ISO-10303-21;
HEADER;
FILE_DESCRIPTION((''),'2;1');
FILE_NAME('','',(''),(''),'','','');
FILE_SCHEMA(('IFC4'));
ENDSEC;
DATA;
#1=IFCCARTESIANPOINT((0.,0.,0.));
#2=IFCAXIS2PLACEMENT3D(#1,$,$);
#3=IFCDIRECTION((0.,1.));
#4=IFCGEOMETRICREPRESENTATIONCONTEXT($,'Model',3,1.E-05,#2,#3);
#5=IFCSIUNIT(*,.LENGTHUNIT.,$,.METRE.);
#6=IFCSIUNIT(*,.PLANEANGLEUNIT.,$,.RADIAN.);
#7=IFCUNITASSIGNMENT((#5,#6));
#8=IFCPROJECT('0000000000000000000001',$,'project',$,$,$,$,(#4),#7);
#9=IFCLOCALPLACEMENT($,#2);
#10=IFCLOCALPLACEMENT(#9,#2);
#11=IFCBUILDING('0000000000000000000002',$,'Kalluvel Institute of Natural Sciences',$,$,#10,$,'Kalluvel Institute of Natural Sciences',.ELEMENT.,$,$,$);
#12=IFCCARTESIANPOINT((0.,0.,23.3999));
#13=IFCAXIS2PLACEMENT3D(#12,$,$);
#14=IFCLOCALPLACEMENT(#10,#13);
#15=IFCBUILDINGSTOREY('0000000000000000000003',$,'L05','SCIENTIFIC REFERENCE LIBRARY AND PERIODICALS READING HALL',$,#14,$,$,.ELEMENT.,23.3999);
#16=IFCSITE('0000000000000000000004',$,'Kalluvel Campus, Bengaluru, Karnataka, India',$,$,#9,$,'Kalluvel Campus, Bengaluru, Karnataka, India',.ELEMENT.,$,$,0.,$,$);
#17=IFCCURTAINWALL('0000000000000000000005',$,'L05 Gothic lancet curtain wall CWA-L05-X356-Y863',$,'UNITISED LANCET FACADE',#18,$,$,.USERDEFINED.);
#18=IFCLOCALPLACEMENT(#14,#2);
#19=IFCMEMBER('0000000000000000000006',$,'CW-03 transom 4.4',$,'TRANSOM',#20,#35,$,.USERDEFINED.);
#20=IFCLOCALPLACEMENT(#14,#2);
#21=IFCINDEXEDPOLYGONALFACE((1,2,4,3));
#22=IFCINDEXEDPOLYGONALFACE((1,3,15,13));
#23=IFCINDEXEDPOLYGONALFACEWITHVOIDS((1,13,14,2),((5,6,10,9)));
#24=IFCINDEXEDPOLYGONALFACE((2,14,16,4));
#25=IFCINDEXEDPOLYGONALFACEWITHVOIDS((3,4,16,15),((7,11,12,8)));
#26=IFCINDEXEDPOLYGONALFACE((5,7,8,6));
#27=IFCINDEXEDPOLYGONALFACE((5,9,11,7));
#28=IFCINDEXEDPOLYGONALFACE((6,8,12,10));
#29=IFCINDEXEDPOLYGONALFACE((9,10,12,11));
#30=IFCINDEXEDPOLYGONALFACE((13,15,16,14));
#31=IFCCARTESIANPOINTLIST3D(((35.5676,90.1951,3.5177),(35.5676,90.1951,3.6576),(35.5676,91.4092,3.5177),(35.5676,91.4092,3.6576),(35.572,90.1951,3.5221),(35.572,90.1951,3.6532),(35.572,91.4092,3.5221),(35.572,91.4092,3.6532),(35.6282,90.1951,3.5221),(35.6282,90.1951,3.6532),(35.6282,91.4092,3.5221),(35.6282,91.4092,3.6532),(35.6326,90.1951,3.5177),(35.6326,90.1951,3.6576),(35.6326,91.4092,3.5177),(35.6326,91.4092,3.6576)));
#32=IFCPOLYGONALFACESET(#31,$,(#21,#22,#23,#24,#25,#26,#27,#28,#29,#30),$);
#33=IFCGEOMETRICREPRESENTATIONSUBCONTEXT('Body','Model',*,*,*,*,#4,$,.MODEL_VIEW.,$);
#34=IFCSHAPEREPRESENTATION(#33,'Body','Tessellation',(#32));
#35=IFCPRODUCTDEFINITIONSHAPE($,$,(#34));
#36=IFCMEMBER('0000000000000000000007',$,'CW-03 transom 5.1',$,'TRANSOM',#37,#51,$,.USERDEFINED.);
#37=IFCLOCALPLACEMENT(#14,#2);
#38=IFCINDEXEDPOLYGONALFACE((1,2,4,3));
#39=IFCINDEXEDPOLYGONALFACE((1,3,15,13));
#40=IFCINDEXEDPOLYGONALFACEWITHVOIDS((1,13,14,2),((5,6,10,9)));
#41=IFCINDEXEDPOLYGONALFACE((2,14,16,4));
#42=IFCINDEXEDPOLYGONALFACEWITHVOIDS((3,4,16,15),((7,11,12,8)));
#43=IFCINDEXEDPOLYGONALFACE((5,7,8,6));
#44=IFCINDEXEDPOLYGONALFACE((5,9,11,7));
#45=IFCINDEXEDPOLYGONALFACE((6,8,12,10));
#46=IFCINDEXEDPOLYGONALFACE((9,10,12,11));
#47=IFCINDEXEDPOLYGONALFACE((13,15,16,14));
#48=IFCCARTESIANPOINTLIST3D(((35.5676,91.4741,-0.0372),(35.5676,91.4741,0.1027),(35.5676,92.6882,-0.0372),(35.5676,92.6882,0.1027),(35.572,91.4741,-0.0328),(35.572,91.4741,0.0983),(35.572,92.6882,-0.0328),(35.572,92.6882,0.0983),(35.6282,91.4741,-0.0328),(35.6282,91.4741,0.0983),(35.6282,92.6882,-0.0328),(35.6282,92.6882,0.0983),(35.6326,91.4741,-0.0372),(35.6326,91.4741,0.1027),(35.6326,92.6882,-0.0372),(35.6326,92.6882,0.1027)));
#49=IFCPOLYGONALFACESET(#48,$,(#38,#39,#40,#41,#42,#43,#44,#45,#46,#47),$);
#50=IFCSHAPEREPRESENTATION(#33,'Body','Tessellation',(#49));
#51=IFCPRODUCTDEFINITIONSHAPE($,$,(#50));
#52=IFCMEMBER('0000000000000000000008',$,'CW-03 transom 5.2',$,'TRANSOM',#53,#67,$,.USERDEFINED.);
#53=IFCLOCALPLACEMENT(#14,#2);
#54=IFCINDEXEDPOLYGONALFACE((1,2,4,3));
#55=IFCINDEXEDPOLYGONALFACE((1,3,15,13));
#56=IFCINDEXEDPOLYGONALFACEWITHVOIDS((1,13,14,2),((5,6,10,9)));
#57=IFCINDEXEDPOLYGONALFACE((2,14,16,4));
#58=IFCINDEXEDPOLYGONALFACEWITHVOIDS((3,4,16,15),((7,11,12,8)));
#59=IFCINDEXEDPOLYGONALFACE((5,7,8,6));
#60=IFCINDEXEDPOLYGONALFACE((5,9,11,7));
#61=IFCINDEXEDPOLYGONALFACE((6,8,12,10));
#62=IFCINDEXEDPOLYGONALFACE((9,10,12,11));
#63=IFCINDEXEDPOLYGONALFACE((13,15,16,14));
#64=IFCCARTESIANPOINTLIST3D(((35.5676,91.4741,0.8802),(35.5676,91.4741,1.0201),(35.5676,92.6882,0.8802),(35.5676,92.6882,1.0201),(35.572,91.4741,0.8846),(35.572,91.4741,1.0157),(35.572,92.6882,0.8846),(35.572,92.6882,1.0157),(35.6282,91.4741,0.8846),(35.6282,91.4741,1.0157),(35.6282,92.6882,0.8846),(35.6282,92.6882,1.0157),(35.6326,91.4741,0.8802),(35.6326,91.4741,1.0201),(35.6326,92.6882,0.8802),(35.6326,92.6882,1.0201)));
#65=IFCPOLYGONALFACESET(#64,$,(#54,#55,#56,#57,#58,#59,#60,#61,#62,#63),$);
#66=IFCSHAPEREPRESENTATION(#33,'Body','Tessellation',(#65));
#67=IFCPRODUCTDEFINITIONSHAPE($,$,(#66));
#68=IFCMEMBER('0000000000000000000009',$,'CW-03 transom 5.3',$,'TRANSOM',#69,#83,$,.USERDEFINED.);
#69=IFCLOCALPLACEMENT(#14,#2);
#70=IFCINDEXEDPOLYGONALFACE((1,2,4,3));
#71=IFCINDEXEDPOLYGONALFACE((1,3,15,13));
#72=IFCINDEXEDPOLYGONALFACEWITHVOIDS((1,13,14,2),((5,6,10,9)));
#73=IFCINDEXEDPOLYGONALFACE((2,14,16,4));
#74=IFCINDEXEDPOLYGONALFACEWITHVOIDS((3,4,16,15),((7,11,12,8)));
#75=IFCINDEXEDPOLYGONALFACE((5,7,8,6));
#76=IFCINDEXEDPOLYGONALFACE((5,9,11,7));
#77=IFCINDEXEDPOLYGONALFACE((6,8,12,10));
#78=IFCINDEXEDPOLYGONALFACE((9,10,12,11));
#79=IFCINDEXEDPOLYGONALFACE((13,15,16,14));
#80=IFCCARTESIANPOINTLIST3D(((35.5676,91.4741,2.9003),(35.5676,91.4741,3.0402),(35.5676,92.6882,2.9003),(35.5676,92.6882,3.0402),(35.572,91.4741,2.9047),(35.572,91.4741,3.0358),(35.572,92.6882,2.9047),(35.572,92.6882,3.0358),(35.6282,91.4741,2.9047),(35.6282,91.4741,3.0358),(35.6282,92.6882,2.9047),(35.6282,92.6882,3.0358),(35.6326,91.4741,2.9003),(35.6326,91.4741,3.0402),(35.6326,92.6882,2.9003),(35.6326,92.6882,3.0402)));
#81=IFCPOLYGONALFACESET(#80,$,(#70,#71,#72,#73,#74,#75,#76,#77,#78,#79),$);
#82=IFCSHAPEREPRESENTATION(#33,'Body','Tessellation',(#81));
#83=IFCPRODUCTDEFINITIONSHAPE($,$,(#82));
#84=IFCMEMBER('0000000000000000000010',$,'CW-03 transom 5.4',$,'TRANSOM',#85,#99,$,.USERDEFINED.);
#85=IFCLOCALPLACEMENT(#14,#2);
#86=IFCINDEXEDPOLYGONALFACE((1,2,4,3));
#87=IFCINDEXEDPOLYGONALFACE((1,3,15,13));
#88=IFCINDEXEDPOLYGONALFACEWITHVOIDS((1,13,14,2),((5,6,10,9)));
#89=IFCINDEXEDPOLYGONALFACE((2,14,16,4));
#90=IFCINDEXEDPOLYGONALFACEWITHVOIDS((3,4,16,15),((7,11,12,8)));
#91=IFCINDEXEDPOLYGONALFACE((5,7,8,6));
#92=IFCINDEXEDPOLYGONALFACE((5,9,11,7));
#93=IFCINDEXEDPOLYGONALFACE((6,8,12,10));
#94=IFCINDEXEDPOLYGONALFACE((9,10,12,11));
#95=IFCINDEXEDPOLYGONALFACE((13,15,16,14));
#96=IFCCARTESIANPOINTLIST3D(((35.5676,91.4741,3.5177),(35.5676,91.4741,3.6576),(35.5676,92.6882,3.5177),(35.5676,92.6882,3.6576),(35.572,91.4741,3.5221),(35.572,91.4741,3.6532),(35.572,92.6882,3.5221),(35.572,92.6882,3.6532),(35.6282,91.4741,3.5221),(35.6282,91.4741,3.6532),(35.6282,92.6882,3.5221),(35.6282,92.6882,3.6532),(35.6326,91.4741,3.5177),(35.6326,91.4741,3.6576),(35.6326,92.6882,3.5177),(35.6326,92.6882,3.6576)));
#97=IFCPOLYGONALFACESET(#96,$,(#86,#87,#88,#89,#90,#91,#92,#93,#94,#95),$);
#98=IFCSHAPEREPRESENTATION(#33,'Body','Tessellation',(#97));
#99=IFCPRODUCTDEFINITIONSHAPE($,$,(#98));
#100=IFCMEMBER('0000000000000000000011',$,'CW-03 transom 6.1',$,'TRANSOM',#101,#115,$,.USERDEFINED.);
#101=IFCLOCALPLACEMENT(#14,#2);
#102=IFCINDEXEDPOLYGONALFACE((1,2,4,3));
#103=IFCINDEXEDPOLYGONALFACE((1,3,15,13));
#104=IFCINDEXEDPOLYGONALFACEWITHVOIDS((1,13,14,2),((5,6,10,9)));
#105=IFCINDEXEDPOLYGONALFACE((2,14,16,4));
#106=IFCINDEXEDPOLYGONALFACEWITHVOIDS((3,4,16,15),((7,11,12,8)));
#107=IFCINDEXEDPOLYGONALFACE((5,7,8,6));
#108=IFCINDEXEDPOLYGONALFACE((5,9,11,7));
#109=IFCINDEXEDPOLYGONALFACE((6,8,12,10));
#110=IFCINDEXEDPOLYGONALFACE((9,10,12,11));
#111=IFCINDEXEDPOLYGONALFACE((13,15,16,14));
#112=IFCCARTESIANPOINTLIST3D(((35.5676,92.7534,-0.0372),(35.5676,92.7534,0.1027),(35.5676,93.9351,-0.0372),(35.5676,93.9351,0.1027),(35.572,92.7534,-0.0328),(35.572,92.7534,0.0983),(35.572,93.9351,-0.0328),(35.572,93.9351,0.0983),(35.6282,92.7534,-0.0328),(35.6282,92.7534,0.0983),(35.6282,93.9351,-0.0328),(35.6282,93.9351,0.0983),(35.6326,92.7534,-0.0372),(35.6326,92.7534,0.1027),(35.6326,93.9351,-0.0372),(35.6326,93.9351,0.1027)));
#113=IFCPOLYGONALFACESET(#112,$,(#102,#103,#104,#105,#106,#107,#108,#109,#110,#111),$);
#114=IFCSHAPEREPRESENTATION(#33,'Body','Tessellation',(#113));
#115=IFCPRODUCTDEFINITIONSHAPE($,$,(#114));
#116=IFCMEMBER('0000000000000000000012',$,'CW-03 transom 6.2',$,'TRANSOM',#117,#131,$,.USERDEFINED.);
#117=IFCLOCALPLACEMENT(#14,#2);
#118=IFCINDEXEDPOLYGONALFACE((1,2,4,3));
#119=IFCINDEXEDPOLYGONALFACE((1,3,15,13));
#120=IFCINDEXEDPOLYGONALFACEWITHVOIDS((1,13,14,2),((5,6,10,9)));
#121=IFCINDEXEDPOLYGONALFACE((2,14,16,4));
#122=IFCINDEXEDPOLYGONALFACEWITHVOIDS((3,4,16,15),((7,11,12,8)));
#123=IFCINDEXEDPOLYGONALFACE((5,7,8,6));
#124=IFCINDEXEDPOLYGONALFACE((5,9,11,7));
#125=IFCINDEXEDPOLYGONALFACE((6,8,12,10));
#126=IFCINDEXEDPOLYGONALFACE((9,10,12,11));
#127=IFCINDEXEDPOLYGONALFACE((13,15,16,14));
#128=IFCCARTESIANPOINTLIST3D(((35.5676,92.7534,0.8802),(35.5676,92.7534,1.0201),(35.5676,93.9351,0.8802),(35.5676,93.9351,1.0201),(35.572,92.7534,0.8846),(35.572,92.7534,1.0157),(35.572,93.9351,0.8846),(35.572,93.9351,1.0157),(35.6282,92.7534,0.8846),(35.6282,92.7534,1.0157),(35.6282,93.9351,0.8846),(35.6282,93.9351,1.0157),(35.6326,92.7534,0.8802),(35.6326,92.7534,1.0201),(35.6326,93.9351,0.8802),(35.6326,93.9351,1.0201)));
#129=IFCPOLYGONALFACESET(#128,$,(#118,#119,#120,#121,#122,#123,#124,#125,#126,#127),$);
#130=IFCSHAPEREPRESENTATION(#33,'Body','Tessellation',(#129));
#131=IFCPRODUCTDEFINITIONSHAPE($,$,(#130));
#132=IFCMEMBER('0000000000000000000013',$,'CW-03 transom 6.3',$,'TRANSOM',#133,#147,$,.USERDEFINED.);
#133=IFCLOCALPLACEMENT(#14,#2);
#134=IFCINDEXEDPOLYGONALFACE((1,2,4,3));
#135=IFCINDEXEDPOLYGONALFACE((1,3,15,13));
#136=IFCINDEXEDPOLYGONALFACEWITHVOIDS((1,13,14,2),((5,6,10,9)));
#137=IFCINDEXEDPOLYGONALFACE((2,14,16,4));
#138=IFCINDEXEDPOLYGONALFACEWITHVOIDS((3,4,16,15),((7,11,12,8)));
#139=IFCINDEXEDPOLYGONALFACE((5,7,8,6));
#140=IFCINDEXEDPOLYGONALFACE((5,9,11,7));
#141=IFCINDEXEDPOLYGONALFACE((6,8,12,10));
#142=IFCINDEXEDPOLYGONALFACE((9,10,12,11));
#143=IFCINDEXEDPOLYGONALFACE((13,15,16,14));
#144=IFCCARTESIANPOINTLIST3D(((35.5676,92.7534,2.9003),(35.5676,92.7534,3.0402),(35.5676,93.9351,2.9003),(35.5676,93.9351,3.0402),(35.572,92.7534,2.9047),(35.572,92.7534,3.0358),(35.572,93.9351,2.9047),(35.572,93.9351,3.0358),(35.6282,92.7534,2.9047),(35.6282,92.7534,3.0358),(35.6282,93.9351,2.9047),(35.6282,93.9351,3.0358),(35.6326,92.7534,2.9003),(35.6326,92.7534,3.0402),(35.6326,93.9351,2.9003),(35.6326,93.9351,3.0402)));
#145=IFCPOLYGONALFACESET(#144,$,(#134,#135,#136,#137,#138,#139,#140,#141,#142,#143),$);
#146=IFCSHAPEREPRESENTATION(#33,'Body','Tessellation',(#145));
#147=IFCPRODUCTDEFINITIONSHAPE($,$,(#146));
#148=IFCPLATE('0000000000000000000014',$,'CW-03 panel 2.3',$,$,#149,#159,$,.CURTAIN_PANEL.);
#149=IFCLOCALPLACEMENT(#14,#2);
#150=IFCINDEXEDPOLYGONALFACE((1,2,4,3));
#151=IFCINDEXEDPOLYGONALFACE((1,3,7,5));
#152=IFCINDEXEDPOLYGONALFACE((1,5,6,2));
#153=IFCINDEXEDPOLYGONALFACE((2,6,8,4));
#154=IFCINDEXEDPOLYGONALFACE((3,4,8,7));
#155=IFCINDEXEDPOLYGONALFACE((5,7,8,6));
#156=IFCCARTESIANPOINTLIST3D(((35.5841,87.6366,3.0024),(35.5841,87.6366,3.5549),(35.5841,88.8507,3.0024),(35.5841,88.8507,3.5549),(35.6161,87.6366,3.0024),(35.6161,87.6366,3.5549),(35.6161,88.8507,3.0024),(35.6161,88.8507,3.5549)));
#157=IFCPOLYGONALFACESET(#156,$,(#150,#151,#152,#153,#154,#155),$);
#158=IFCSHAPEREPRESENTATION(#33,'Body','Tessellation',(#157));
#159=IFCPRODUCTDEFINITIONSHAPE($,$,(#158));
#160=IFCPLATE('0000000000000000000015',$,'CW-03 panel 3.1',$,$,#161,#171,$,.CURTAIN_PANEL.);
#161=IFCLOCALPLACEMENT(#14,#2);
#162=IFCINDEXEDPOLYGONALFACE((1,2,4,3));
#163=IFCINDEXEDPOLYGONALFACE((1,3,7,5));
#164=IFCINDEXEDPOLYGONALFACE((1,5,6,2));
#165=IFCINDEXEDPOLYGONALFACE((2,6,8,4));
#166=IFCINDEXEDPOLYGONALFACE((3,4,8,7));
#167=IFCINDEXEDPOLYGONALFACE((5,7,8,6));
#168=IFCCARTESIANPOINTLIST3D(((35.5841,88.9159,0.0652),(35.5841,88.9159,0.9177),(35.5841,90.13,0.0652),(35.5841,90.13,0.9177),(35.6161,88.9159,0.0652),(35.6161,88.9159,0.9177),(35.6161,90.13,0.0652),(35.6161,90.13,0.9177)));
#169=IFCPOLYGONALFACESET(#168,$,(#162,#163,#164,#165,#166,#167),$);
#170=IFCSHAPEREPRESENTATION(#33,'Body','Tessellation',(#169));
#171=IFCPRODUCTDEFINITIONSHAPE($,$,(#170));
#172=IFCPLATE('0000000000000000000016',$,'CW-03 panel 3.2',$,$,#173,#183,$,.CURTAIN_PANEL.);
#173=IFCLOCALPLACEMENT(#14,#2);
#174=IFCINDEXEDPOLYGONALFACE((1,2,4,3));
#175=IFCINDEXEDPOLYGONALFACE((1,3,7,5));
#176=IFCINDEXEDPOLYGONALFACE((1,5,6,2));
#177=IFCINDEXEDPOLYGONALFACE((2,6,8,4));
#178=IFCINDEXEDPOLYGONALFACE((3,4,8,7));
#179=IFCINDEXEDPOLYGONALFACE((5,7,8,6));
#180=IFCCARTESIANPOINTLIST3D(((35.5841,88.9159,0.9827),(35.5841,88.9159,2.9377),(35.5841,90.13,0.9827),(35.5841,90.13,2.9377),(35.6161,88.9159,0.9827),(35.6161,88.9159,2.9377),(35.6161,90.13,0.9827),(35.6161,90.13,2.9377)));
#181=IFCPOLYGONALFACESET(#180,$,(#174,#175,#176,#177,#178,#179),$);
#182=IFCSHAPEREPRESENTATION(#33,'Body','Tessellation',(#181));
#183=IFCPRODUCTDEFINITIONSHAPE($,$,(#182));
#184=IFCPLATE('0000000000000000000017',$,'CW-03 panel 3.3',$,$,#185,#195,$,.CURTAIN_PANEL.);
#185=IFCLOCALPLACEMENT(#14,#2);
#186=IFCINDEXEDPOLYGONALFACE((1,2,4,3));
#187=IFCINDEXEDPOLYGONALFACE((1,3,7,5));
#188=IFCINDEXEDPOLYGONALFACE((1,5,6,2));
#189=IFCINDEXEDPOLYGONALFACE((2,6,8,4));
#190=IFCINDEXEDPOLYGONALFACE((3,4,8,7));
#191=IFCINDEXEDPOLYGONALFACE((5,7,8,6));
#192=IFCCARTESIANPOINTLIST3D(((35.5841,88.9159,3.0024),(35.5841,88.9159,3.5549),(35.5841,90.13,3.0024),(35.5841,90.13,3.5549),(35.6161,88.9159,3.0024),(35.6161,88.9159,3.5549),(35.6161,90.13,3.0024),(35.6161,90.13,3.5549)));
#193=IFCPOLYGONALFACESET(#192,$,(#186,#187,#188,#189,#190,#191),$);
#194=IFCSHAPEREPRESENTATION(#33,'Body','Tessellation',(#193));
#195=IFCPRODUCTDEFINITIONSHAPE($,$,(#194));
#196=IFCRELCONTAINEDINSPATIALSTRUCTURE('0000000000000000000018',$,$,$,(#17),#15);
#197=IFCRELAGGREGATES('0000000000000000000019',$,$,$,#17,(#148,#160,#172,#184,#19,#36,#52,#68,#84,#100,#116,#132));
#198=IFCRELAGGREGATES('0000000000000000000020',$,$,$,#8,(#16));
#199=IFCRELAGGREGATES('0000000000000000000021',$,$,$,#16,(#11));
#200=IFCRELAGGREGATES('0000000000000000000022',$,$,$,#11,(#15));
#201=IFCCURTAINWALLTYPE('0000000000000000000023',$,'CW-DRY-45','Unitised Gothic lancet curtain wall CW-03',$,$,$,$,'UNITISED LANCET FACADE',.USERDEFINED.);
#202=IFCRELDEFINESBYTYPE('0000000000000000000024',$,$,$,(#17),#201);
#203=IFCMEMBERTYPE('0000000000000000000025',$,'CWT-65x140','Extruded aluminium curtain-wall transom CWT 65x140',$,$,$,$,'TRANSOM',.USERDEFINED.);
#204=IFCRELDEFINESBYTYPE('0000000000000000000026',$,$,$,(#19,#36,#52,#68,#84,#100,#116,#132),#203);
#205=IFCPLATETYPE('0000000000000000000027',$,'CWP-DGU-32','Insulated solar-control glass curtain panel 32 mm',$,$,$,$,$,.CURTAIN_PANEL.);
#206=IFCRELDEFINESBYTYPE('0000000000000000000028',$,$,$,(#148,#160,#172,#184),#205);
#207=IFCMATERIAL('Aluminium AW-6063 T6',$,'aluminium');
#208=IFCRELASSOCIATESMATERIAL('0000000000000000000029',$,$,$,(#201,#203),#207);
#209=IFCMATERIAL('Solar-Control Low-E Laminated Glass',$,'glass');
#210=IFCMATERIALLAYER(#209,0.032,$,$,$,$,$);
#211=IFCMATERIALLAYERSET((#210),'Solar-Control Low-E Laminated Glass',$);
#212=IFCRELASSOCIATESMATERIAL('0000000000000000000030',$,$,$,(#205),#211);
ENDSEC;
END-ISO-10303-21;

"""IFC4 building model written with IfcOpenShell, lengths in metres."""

from ifc_helpers import new_model, si_unit, direction, frame, origin, origin_2d, place, context, subcontext, project, spatial, rectangle, hollow_rectangle, extrude, material, layer, layer_set, material_profile, profile_set, type_object, element, aggregate, save


model = new_model("IFC4")

# Units and contexts
model_context = context("Model", 3, precision=1e-05, world=origin(), true_north=direction((0.0, 1.0)))
body_context = subcontext(model_context, "Body", "Model", "MODEL_VIEW")
ifc_project = project(units=[si_unit("LENGTHUNIT", "METRE"), si_unit("PLANEANGLEUNIT", "RADIAN")], contexts=[model_context])

# Site, building, storey
site_placement = place(None, origin())
site = spatial("IfcSite", under=ifc_project, at=site_placement, Name="Kalluvel Campus, Bengaluru, Karnataka, India", LongName="Kalluvel Campus, Bengaluru, Karnataka, India", CompositionType="ELEMENT", RefElevation=0.0)
building_placement = place(site_placement, origin())
building = spatial("IfcBuilding", under=site, at=building_placement, Name="Kalluvel Institute of Natural Sciences", LongName="Kalluvel Institute of Natural Sciences", CompositionType="ELEMENT")
storey_placement = place(building_placement, frame((0.0, 0.0, 23.3999)))
storey = spatial("IfcBuildingStorey", under=building, at=storey_placement, Name="L05", Description="SCIENTIFIC REFERENCE LIBRARY AND PERIODICALS READING HALL", CompositionType="ELEMENT", Elevation=23.3999)

# Curtain wall, members, plates
ifc_material_1 = material(Name="Aluminium AW-6063 T6", Category="aluminium")
curtain_wall_type = type_object("IfcCurtainWallType", Name="CW-DRY-45", Description="Unitised Gothic lancet curtain wall CW-03", ElementType="UNITISED LANCET FACADE", PredefinedType="USERDEFINED", material=ifc_material_1)
curtain_wall_placement = place(storey_placement, origin())
curtain_wall = element("IfcCurtainWall", 1, at=curtain_wall_placement, inside=storey, type_object=curtain_wall_type, Name="L05 Gothic lancet curtain wall CWA-L05-X356-Y863", ObjectType="UNITISED LANCET FACADE", PredefinedType="USERDEFINED")
ifc_material_profile_1 = material_profile(ifc_material_1, hollow_rectangle(XDim=0.0649, YDim=0.1399, WallThickness=0.0044, at=origin_2d()), Name="CWT 65x140")
ifc_profile_set_1 = profile_set([ifc_material_profile_1], Name="Aluminium AW-6063 T6")
member_type_1 = type_object("IfcMemberType", Name="CWT-65x140", Description="Extruded aluminium curtain-wall transom CWT 65x140", ElementType="TRANSOM", PredefinedType="USERDEFINED", material=ifc_profile_set_1)
member_1_placement = place(storey_placement, frame((35.6001, 90.1951, 3.5876), z_axis=(0.0, 1.0, 0.0), x_axis=(-1.0, 0.0, 0.0)))
member_1 = element("IfcMember", 2, at=member_1_placement, type_object=member_type_1, Name="CW-03 transom 4.4", ObjectType="TRANSOM", PredefinedType="USERDEFINED", context=body_context, shape_type="SweptSolid", body=[
    extrude(hollow_rectangle(XDim=0.0649, YDim=0.1399, WallThickness=0.0044, at=origin_2d()), origin(), (0.0, 0.0, 1.0), 1.2141),
])
member_2_placement = place(storey_placement, frame((35.6001, 91.4741, 0.0327), z_axis=(0.0, 1.0, 0.0), x_axis=(-1.0, 0.0, 0.0)))
member_2 = element("IfcMember", 3, at=member_2_placement, type_object=member_type_1, Name="CW-03 transom 5.1", ObjectType="TRANSOM", PredefinedType="USERDEFINED", context=body_context, shape_type="SweptSolid", body=[
    extrude(hollow_rectangle(XDim=0.0649, YDim=0.1399, WallThickness=0.0044, at=origin_2d()), origin(), (0.0, 0.0, 1.0), 1.2141),
])
member_3_placement = place(storey_placement, frame((35.6001, 91.4741, 0.9502), z_axis=(0.0, 1.0, 0.0), x_axis=(-1.0, 0.0, 0.0)))
member_3 = element("IfcMember", 4, at=member_3_placement, type_object=member_type_1, Name="CW-03 transom 5.2", ObjectType="TRANSOM", PredefinedType="USERDEFINED", context=body_context, shape_type="SweptSolid", body=[
    extrude(hollow_rectangle(XDim=0.0649, YDim=0.1399, WallThickness=0.0044, at=origin_2d()), origin(), (0.0, 0.0, 1.0), 1.2141),
])
member_4_placement = place(storey_placement, frame((35.6001, 91.4741, 2.9702), z_axis=(0.0, 1.0, 0.0), x_axis=(-1.0, 0.0, 0.0)))
member_4 = element("IfcMember", 5, at=member_4_placement, type_object=member_type_1, Name="CW-03 transom 5.3", ObjectType="TRANSOM", PredefinedType="USERDEFINED", context=body_context, shape_type="SweptSolid", body=[
    extrude(hollow_rectangle(XDim=0.0649, YDim=0.1399, WallThickness=0.0044, at=origin_2d()), origin(), (0.0, 0.0, 1.0), 1.2141),
])
member_5_placement = place(storey_placement, frame((35.6001, 91.4741, 3.5876), z_axis=(0.0, 1.0, 0.0), x_axis=(-1.0, 0.0, 0.0)))
member_5 = element("IfcMember", 6, at=member_5_placement, type_object=member_type_1, Name="CW-03 transom 5.4", ObjectType="TRANSOM", PredefinedType="USERDEFINED", context=body_context, shape_type="SweptSolid", body=[
    extrude(hollow_rectangle(XDim=0.0649, YDim=0.1399, WallThickness=0.0044, at=origin_2d()), origin(), (0.0, 0.0, 1.0), 1.2141),
])
member_6_placement = place(storey_placement, frame((35.6001, 92.7534, 0.0327), z_axis=(0.0, 1.0, 0.0), x_axis=(-1.0, 0.0, 0.0)))
member_6 = element("IfcMember", 7, at=member_6_placement, type_object=member_type_1, Name="CW-03 transom 6.1", ObjectType="TRANSOM", PredefinedType="USERDEFINED", context=body_context, shape_type="SweptSolid", body=[
    extrude(hollow_rectangle(XDim=0.0649, YDim=0.1399, WallThickness=0.0044, at=origin_2d()), origin(), (0.0, 0.0, 1.0), 1.1816),
])
member_7_placement = place(storey_placement, frame((35.6001, 92.7534, 0.9502), z_axis=(0.0, 1.0, 0.0), x_axis=(-1.0, 0.0, 0.0)))
member_7 = element("IfcMember", 8, at=member_7_placement, type_object=member_type_1, Name="CW-03 transom 6.2", ObjectType="TRANSOM", PredefinedType="USERDEFINED", context=body_context, shape_type="SweptSolid", body=[
    extrude(hollow_rectangle(XDim=0.0649, YDim=0.1399, WallThickness=0.0044, at=origin_2d()), origin(), (0.0, 0.0, 1.0), 1.1816),
])
member_8_placement = place(storey_placement, frame((35.6001, 92.7534, 2.9702), z_axis=(0.0, 1.0, 0.0), x_axis=(-1.0, 0.0, 0.0)))
member_8 = element("IfcMember", 9, at=member_8_placement, type_object=member_type_1, Name="CW-03 transom 6.3", ObjectType="TRANSOM", PredefinedType="USERDEFINED", context=body_context, shape_type="SweptSolid", body=[
    extrude(hollow_rectangle(XDim=0.0649, YDim=0.1399, WallThickness=0.0044, at=origin_2d()), origin(), (0.0, 0.0, 1.0), 1.1816),
])
ifc_material_2 = material(Name="Solar-Control Low-E Laminated Glass", Category="glass")
ifc_layer = layer(ifc_material_2, 0.032)
ifc_layer_set = layer_set([ifc_layer], Name="Solar-Control Low-E Laminated Glass")
plate_type = type_object("IfcPlateType", Name="CWP-DGU-32", Description="Insulated solar-control glass curtain panel 32 mm", PredefinedType="CURTAIN_PANEL", material=ifc_layer_set)
plate_1_placement = place(storey_placement, frame((35.6001, 88.2437, 3.0024), z_axis=(0.0, 0.0, 1.0), x_axis=(0.0, 1.0, 0.0)))
plate_1 = element("IfcPlate", 10, at=plate_1_placement, type_object=plate_type, Name="CW-03 panel 2.3", PredefinedType="CURTAIN_PANEL", context=body_context, shape_type="SweptSolid", body=[
    extrude(rectangle(XDim=1.2141, YDim=0.032, at=origin_2d()), origin(), (0.0, 0.0, 1.0), 0.5525),
])
plate_2_placement = place(storey_placement, frame((35.6001, 89.5229, 0.0652), z_axis=(0.0, 0.0, 1.0), x_axis=(0.0, 1.0, 0.0)))
plate_2 = element("IfcPlate", 11, at=plate_2_placement, type_object=plate_type, Name="CW-03 panel 3.1", PredefinedType="CURTAIN_PANEL", context=body_context, shape_type="SweptSolid", body=[
    extrude(rectangle(XDim=1.2141, YDim=0.032, at=origin_2d()), origin(), (0.0, 0.0, 1.0), 0.8525),
])
plate_3_placement = place(storey_placement, frame((35.6001, 89.5229, 0.9827), z_axis=(0.0, 0.0, 1.0), x_axis=(0.0, 1.0, 0.0)))
plate_3 = element("IfcPlate", 12, at=plate_3_placement, type_object=plate_type, Name="CW-03 panel 3.2", PredefinedType="CURTAIN_PANEL", context=body_context, shape_type="SweptSolid", body=[
    extrude(rectangle(XDim=1.2141, YDim=0.032, at=origin_2d()), origin(), (0.0, 0.0, 1.0), 1.9551),
])
plate_4_placement = place(storey_placement, frame((35.6001, 89.5229, 3.0024), z_axis=(0.0, 0.0, 1.0), x_axis=(0.0, 1.0, 0.0)))
plate_4 = element("IfcPlate", 13, at=plate_4_placement, type_object=plate_type, Name="CW-03 panel 3.3", PredefinedType="CURTAIN_PANEL", context=body_context, shape_type="SweptSolid", body=[
    extrude(rectangle(XDim=1.2141, YDim=0.032, at=origin_2d()), origin(), (0.0, 0.0, 1.0), 0.5525),
])
aggregate(curtain_wall, [plate_1, plate_2, plate_3, plate_4, member_1, member_2, member_3, member_4, member_5, member_6, member_7, member_8])

save(model, "model.ifc")
